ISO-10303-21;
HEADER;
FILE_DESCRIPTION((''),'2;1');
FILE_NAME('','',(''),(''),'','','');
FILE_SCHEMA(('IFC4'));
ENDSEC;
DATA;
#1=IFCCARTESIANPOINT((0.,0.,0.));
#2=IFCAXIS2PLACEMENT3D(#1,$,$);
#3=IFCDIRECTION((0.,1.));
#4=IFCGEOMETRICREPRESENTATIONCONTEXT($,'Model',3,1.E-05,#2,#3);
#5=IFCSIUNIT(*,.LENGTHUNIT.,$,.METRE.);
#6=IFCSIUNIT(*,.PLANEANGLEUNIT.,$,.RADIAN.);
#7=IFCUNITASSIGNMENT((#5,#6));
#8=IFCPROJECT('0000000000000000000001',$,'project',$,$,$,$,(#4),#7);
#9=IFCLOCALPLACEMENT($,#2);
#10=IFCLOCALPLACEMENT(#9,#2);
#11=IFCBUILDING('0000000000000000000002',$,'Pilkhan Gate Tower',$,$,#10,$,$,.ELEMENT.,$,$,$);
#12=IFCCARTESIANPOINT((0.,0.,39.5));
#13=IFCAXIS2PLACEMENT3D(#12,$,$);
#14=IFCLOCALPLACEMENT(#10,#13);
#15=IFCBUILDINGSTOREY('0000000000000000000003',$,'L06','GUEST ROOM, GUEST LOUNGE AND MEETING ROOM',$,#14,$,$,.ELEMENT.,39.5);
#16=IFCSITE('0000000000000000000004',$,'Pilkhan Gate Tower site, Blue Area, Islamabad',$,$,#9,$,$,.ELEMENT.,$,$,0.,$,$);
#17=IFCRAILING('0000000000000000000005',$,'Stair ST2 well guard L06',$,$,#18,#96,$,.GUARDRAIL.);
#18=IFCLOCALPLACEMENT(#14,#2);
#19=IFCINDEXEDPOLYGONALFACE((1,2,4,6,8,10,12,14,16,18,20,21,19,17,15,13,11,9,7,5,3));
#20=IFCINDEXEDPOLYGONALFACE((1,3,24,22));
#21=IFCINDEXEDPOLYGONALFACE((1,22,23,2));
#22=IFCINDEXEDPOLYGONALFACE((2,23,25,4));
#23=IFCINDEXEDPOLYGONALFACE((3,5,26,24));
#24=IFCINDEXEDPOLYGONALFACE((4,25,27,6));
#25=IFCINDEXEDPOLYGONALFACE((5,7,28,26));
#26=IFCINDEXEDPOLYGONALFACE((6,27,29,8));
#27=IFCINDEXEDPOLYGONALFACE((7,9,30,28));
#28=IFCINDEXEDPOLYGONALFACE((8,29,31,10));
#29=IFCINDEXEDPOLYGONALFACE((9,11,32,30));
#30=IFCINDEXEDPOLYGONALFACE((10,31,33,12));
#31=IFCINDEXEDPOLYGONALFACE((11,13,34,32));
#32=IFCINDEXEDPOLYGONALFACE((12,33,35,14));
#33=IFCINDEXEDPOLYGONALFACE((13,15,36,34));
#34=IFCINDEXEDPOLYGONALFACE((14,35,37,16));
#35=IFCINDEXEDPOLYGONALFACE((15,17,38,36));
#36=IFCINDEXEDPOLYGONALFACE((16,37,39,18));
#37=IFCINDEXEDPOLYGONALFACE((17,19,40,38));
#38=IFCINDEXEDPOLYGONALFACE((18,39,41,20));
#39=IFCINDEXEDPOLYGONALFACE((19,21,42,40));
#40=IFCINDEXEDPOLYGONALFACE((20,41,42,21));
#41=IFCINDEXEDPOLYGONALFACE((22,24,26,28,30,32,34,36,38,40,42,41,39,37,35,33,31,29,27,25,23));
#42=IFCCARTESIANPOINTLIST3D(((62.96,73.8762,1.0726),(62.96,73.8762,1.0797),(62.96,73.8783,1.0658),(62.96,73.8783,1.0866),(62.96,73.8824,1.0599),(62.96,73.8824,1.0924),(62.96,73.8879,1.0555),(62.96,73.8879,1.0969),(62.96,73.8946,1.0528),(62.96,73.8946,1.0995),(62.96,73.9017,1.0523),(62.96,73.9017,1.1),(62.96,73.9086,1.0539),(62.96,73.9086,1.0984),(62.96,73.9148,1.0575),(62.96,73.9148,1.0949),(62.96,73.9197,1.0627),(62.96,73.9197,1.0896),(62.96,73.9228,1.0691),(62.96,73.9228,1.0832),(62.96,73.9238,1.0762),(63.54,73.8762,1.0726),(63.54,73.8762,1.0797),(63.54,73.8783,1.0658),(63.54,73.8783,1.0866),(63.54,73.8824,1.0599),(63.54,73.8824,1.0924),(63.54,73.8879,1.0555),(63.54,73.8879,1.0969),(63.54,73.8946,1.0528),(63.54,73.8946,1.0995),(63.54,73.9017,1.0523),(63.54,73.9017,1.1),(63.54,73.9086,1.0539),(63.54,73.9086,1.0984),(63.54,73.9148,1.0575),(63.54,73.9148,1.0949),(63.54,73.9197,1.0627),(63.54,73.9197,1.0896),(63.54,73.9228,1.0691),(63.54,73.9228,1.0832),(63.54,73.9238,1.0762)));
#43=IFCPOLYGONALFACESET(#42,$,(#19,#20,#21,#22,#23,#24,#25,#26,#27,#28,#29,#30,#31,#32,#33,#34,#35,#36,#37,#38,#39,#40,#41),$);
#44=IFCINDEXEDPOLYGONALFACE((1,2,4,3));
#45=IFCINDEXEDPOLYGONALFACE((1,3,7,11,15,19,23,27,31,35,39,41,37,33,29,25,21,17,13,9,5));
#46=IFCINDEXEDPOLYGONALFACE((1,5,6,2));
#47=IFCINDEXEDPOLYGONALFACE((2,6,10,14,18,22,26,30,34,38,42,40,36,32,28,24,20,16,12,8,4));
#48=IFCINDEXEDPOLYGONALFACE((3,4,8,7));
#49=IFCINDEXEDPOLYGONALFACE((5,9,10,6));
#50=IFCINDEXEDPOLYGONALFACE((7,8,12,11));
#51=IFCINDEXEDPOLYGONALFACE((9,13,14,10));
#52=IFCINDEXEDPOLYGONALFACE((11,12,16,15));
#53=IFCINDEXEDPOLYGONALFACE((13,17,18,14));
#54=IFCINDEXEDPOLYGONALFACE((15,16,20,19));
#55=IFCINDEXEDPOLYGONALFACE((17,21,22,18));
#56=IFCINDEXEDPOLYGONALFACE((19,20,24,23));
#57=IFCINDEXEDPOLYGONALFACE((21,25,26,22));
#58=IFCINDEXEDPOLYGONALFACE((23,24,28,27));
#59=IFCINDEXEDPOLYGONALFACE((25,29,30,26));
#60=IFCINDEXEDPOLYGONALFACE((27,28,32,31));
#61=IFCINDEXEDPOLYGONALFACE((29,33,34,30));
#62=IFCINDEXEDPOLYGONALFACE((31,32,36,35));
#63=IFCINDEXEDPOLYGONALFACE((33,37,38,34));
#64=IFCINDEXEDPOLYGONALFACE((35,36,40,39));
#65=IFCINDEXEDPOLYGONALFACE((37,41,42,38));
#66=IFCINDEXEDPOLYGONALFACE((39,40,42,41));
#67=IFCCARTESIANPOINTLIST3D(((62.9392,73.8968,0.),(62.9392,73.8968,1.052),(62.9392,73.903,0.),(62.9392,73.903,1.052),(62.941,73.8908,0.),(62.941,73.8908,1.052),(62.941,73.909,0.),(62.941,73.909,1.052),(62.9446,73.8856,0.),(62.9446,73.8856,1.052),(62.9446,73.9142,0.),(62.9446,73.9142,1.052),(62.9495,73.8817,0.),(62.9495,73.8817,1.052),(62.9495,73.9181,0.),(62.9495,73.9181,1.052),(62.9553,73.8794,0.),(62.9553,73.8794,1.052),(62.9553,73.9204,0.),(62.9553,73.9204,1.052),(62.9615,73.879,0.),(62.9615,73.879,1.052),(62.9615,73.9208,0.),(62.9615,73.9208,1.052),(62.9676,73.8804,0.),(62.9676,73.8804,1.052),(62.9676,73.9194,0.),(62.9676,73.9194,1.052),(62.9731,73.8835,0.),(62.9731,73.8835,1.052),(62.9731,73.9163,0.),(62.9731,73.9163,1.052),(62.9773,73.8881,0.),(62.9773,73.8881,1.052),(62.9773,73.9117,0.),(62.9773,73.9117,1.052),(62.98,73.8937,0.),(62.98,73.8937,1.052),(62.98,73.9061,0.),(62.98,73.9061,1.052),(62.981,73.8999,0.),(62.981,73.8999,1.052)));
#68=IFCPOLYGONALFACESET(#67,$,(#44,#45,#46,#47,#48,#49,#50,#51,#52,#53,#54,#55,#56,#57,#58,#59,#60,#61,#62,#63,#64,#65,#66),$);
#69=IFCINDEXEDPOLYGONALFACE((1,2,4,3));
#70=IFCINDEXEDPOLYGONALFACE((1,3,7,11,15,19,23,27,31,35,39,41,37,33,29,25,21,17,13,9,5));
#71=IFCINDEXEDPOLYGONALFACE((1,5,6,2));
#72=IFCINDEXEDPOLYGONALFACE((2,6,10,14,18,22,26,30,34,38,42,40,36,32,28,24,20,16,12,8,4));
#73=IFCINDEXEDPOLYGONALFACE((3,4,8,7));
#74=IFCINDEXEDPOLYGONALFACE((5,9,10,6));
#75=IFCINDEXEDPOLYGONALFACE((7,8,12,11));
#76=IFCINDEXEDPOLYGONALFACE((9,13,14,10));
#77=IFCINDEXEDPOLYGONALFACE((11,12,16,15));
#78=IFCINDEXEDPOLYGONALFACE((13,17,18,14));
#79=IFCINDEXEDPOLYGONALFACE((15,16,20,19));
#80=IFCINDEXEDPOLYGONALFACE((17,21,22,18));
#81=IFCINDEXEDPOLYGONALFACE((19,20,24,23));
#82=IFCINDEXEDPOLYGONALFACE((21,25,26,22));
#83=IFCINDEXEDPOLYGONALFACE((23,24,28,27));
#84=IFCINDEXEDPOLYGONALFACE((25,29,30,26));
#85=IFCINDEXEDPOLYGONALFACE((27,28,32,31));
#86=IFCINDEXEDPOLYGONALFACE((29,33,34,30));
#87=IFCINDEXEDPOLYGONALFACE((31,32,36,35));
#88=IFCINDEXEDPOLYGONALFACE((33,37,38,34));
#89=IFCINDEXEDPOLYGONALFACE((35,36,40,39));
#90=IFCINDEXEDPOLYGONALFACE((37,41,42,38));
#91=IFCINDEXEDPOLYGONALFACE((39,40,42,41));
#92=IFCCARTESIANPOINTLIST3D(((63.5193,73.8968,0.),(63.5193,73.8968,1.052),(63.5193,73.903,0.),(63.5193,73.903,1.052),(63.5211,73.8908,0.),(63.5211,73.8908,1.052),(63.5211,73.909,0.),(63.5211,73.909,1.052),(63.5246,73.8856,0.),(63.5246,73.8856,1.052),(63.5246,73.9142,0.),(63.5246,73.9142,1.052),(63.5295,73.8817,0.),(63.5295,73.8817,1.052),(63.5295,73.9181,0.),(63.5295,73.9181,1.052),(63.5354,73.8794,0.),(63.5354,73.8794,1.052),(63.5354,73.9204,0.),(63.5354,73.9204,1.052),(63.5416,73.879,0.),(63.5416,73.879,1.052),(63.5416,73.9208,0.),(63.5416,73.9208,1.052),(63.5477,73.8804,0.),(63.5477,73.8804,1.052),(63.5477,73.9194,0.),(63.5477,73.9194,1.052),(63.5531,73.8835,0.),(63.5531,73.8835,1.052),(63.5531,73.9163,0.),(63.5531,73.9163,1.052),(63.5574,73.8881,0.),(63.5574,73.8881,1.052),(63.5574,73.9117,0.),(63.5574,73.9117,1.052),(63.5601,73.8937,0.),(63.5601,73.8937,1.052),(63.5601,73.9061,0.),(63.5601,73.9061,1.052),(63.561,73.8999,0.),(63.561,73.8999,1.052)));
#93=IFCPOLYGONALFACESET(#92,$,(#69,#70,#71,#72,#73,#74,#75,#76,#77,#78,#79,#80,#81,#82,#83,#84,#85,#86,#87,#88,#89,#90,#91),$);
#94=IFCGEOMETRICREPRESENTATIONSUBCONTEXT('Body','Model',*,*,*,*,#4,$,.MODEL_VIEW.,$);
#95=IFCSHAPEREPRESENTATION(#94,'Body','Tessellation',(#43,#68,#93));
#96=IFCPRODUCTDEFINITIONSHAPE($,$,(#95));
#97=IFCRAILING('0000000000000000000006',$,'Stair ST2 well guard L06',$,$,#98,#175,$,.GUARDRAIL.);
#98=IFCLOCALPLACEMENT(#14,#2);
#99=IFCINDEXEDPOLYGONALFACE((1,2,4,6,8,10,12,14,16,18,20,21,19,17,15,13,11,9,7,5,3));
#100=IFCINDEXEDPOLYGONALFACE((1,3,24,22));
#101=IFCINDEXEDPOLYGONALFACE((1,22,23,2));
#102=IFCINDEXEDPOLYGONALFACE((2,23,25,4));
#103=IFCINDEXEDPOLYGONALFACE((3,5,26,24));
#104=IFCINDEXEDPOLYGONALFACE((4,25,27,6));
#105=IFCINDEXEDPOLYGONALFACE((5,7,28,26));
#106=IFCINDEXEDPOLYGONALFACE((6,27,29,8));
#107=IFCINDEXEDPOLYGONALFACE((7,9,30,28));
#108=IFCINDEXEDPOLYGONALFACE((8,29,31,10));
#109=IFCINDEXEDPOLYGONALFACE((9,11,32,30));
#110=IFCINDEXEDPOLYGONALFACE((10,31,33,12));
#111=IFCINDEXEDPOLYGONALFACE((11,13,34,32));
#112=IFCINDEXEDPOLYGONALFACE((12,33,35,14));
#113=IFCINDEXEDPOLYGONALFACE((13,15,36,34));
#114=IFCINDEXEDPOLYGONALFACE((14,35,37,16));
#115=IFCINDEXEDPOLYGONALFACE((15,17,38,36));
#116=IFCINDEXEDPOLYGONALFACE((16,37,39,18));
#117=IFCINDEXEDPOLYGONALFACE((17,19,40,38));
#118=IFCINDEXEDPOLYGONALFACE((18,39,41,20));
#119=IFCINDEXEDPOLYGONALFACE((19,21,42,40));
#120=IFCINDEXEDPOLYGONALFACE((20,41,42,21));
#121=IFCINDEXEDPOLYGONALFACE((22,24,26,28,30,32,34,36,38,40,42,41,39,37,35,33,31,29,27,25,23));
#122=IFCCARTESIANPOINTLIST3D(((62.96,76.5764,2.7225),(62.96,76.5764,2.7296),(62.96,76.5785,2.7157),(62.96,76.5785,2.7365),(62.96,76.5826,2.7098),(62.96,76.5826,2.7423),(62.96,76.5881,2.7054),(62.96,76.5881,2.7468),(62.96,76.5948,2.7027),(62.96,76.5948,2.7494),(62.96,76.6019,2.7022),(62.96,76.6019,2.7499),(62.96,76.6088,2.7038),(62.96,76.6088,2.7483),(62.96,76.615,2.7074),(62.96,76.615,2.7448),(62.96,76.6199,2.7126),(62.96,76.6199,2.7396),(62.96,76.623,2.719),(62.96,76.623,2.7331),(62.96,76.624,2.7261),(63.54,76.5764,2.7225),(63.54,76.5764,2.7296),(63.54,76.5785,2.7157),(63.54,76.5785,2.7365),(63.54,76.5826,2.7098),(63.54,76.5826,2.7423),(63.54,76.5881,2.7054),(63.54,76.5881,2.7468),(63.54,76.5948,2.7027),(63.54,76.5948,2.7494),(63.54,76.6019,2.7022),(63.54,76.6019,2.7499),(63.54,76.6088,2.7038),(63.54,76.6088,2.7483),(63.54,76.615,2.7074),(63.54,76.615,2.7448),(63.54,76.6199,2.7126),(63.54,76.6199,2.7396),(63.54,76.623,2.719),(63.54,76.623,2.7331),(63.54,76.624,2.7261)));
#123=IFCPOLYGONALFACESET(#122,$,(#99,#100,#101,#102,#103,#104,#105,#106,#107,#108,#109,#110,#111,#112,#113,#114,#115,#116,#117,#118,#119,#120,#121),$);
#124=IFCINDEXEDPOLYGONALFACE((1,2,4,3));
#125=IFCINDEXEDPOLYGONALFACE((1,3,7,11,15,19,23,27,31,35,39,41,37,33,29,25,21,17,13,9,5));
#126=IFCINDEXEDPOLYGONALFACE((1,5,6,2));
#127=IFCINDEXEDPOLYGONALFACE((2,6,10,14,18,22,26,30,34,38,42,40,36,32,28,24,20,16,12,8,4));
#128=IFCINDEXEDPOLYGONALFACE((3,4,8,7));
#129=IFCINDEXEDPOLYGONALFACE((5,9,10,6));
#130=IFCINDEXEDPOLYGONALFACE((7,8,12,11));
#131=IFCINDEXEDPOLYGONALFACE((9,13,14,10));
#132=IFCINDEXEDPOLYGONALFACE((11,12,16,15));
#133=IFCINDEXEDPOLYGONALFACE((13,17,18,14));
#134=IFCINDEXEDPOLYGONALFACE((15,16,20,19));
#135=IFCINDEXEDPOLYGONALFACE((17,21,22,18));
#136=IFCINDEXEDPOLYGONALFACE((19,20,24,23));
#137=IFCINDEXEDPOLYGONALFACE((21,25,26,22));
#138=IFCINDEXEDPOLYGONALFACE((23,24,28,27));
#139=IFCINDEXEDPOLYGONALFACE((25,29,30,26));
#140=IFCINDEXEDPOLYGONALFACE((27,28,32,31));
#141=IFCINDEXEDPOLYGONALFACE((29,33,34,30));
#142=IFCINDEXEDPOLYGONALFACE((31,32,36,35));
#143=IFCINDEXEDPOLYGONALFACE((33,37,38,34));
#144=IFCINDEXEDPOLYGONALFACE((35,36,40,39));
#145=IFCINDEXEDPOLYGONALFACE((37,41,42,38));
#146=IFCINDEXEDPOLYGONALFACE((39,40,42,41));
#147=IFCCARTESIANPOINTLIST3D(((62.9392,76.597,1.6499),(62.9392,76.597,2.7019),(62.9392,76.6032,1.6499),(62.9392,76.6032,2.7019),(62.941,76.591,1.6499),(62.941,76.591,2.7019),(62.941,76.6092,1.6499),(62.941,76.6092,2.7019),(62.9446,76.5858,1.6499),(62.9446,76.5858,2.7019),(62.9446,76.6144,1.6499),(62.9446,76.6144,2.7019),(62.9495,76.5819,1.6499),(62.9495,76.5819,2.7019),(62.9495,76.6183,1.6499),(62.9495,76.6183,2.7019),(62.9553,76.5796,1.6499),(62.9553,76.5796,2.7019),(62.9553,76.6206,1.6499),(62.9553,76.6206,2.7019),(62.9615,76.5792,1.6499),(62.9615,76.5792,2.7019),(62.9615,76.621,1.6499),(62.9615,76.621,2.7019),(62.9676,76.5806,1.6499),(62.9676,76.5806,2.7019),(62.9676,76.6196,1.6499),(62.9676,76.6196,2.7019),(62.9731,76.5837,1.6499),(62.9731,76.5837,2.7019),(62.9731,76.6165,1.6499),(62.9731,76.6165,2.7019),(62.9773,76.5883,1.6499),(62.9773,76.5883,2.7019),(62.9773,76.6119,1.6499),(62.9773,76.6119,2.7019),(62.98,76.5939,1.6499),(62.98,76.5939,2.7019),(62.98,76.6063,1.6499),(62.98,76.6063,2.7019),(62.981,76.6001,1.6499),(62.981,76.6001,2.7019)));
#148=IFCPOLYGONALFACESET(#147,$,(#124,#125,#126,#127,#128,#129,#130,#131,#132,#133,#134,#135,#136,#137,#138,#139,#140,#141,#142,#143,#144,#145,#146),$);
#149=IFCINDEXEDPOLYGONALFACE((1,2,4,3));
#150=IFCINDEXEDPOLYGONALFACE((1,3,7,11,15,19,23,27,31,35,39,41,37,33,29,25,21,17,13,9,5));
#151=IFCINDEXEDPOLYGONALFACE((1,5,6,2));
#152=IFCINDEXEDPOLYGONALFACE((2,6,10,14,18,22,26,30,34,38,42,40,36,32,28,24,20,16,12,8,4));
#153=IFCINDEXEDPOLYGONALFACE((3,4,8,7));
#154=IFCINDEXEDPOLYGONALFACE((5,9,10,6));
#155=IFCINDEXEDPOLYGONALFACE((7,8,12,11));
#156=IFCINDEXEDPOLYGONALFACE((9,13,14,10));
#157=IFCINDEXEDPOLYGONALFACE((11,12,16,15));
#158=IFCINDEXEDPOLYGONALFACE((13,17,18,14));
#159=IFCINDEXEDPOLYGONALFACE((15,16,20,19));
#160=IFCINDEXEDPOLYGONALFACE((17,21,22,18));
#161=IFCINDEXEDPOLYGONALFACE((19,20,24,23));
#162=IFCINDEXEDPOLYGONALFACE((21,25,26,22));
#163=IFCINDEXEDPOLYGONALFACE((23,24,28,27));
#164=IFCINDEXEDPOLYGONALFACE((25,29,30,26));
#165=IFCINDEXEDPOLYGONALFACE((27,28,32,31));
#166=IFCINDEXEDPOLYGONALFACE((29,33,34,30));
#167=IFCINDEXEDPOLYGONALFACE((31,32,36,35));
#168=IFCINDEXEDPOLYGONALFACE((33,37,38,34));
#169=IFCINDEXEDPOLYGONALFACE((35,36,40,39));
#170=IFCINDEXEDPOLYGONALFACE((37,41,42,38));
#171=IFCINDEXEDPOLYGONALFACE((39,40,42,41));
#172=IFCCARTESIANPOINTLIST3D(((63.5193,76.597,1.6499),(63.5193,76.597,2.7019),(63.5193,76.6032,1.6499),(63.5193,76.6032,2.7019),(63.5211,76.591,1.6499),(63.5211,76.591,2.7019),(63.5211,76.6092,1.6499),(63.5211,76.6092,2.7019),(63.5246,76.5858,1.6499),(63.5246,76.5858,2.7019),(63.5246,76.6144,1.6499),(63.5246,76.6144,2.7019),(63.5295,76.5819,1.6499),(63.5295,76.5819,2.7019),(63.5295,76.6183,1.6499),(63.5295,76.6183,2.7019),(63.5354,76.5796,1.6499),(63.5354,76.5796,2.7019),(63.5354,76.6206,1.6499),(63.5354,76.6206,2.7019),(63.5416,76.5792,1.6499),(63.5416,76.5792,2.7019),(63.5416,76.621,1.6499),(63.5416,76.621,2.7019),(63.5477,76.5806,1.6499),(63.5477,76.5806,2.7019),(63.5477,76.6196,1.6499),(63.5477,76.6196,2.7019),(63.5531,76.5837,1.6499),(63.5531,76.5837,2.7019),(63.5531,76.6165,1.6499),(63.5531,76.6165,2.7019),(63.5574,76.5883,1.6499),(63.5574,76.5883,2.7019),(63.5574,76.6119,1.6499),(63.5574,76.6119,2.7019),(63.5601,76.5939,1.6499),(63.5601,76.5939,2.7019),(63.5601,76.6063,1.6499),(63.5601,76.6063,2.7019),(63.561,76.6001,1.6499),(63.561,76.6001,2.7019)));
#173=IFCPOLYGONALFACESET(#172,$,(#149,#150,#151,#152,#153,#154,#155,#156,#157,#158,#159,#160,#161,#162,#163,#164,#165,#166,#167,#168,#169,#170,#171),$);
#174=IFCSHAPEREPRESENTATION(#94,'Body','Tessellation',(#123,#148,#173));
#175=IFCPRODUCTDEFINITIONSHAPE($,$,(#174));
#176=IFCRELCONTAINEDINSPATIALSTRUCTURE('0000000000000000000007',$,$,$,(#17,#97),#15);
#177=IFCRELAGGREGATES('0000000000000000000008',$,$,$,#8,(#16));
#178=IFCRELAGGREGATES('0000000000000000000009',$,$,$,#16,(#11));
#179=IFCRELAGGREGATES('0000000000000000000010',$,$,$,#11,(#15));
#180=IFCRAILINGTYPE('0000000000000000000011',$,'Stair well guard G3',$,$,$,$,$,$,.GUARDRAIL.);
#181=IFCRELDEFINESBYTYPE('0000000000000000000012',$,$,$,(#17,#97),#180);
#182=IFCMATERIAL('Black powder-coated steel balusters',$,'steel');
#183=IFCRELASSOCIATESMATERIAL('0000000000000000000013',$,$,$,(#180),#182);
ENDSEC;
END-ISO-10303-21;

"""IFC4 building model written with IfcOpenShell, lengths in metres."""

from ifc_helpers import new_model, si_unit, direction, frame, origin, origin_2d, place, context, subcontext, project, spatial, circle, extrude, material, type_object, element, save


model = new_model("IFC4")

# Units and contexts
model_context = context("Model", 3, precision=1e-05, world=origin(), true_north=direction((0.0, 1.0)))
body_context = subcontext(model_context, "Body", "Model", "MODEL_VIEW")
ifc_project = project(units=[si_unit("LENGTHUNIT", "METRE"), si_unit("PLANEANGLEUNIT", "RADIAN")], contexts=[model_context])

# Site, building, storey
site_placement = place(None, origin())
site = spatial("IfcSite", under=ifc_project, at=site_placement, Name="Pilkhan Gate Tower site, Blue Area, Islamabad", CompositionType="ELEMENT", RefElevation=0.0)
building_placement = place(site_placement, origin())
building = spatial("IfcBuilding", under=site, at=building_placement, Name="Pilkhan Gate Tower", CompositionType="ELEMENT")
storey_placement = place(building_placement, frame((0.0, 0.0, 39.5)))
storey = spatial("IfcBuildingStorey", under=building, at=storey_placement, Name="L06", Description="GUEST ROOM, GUEST LOUNGE AND MEETING ROOM", CompositionType="ELEMENT", Elevation=39.5)

# Railings
ifc_material_1 = material(Name="Black powder-coated steel balusters", Category="steel")
railing_type_1 = type_object("IfcRailingType", Name="Stair well guard G3", PredefinedType="GUARDRAIL", material=ifc_material_1)
for number, where, name in (
    (1, (62.96, 73.8999, 0.0), "Stair ST2 well guard L06"),
    (2, (62.96, 76.6001, 1.6499), "Stair ST2 well guard L06"),
):
    element("IfcRailing", number, at=place(storey_placement, frame(where)), inside=storey, type_object=railing_type_1, Name=name, PredefinedType="GUARDRAIL", context=body_context, shape_type="SweptSolid", body=[
        extrude(circle(Radius=0.0239, at=origin_2d()), frame((0.0, 0.0, 1.0762), z_axis=(1.0, 0.0, 0.0), x_axis=(0.0, 1.0, 0.0)), (0.0, 0.0, 1.0), 0.5801),
        extrude(circle(Radius=0.021, at=origin_2d()), origin(), (0.0, 0.0, 1.0), 1.052),
        extrude(circle(Radius=0.021, at=origin_2d()), frame((0.5801, 0.0, 0.0)), (0.0, 0.0, 1.0), 1.052),
    ])

save(model, "model.ifc")
